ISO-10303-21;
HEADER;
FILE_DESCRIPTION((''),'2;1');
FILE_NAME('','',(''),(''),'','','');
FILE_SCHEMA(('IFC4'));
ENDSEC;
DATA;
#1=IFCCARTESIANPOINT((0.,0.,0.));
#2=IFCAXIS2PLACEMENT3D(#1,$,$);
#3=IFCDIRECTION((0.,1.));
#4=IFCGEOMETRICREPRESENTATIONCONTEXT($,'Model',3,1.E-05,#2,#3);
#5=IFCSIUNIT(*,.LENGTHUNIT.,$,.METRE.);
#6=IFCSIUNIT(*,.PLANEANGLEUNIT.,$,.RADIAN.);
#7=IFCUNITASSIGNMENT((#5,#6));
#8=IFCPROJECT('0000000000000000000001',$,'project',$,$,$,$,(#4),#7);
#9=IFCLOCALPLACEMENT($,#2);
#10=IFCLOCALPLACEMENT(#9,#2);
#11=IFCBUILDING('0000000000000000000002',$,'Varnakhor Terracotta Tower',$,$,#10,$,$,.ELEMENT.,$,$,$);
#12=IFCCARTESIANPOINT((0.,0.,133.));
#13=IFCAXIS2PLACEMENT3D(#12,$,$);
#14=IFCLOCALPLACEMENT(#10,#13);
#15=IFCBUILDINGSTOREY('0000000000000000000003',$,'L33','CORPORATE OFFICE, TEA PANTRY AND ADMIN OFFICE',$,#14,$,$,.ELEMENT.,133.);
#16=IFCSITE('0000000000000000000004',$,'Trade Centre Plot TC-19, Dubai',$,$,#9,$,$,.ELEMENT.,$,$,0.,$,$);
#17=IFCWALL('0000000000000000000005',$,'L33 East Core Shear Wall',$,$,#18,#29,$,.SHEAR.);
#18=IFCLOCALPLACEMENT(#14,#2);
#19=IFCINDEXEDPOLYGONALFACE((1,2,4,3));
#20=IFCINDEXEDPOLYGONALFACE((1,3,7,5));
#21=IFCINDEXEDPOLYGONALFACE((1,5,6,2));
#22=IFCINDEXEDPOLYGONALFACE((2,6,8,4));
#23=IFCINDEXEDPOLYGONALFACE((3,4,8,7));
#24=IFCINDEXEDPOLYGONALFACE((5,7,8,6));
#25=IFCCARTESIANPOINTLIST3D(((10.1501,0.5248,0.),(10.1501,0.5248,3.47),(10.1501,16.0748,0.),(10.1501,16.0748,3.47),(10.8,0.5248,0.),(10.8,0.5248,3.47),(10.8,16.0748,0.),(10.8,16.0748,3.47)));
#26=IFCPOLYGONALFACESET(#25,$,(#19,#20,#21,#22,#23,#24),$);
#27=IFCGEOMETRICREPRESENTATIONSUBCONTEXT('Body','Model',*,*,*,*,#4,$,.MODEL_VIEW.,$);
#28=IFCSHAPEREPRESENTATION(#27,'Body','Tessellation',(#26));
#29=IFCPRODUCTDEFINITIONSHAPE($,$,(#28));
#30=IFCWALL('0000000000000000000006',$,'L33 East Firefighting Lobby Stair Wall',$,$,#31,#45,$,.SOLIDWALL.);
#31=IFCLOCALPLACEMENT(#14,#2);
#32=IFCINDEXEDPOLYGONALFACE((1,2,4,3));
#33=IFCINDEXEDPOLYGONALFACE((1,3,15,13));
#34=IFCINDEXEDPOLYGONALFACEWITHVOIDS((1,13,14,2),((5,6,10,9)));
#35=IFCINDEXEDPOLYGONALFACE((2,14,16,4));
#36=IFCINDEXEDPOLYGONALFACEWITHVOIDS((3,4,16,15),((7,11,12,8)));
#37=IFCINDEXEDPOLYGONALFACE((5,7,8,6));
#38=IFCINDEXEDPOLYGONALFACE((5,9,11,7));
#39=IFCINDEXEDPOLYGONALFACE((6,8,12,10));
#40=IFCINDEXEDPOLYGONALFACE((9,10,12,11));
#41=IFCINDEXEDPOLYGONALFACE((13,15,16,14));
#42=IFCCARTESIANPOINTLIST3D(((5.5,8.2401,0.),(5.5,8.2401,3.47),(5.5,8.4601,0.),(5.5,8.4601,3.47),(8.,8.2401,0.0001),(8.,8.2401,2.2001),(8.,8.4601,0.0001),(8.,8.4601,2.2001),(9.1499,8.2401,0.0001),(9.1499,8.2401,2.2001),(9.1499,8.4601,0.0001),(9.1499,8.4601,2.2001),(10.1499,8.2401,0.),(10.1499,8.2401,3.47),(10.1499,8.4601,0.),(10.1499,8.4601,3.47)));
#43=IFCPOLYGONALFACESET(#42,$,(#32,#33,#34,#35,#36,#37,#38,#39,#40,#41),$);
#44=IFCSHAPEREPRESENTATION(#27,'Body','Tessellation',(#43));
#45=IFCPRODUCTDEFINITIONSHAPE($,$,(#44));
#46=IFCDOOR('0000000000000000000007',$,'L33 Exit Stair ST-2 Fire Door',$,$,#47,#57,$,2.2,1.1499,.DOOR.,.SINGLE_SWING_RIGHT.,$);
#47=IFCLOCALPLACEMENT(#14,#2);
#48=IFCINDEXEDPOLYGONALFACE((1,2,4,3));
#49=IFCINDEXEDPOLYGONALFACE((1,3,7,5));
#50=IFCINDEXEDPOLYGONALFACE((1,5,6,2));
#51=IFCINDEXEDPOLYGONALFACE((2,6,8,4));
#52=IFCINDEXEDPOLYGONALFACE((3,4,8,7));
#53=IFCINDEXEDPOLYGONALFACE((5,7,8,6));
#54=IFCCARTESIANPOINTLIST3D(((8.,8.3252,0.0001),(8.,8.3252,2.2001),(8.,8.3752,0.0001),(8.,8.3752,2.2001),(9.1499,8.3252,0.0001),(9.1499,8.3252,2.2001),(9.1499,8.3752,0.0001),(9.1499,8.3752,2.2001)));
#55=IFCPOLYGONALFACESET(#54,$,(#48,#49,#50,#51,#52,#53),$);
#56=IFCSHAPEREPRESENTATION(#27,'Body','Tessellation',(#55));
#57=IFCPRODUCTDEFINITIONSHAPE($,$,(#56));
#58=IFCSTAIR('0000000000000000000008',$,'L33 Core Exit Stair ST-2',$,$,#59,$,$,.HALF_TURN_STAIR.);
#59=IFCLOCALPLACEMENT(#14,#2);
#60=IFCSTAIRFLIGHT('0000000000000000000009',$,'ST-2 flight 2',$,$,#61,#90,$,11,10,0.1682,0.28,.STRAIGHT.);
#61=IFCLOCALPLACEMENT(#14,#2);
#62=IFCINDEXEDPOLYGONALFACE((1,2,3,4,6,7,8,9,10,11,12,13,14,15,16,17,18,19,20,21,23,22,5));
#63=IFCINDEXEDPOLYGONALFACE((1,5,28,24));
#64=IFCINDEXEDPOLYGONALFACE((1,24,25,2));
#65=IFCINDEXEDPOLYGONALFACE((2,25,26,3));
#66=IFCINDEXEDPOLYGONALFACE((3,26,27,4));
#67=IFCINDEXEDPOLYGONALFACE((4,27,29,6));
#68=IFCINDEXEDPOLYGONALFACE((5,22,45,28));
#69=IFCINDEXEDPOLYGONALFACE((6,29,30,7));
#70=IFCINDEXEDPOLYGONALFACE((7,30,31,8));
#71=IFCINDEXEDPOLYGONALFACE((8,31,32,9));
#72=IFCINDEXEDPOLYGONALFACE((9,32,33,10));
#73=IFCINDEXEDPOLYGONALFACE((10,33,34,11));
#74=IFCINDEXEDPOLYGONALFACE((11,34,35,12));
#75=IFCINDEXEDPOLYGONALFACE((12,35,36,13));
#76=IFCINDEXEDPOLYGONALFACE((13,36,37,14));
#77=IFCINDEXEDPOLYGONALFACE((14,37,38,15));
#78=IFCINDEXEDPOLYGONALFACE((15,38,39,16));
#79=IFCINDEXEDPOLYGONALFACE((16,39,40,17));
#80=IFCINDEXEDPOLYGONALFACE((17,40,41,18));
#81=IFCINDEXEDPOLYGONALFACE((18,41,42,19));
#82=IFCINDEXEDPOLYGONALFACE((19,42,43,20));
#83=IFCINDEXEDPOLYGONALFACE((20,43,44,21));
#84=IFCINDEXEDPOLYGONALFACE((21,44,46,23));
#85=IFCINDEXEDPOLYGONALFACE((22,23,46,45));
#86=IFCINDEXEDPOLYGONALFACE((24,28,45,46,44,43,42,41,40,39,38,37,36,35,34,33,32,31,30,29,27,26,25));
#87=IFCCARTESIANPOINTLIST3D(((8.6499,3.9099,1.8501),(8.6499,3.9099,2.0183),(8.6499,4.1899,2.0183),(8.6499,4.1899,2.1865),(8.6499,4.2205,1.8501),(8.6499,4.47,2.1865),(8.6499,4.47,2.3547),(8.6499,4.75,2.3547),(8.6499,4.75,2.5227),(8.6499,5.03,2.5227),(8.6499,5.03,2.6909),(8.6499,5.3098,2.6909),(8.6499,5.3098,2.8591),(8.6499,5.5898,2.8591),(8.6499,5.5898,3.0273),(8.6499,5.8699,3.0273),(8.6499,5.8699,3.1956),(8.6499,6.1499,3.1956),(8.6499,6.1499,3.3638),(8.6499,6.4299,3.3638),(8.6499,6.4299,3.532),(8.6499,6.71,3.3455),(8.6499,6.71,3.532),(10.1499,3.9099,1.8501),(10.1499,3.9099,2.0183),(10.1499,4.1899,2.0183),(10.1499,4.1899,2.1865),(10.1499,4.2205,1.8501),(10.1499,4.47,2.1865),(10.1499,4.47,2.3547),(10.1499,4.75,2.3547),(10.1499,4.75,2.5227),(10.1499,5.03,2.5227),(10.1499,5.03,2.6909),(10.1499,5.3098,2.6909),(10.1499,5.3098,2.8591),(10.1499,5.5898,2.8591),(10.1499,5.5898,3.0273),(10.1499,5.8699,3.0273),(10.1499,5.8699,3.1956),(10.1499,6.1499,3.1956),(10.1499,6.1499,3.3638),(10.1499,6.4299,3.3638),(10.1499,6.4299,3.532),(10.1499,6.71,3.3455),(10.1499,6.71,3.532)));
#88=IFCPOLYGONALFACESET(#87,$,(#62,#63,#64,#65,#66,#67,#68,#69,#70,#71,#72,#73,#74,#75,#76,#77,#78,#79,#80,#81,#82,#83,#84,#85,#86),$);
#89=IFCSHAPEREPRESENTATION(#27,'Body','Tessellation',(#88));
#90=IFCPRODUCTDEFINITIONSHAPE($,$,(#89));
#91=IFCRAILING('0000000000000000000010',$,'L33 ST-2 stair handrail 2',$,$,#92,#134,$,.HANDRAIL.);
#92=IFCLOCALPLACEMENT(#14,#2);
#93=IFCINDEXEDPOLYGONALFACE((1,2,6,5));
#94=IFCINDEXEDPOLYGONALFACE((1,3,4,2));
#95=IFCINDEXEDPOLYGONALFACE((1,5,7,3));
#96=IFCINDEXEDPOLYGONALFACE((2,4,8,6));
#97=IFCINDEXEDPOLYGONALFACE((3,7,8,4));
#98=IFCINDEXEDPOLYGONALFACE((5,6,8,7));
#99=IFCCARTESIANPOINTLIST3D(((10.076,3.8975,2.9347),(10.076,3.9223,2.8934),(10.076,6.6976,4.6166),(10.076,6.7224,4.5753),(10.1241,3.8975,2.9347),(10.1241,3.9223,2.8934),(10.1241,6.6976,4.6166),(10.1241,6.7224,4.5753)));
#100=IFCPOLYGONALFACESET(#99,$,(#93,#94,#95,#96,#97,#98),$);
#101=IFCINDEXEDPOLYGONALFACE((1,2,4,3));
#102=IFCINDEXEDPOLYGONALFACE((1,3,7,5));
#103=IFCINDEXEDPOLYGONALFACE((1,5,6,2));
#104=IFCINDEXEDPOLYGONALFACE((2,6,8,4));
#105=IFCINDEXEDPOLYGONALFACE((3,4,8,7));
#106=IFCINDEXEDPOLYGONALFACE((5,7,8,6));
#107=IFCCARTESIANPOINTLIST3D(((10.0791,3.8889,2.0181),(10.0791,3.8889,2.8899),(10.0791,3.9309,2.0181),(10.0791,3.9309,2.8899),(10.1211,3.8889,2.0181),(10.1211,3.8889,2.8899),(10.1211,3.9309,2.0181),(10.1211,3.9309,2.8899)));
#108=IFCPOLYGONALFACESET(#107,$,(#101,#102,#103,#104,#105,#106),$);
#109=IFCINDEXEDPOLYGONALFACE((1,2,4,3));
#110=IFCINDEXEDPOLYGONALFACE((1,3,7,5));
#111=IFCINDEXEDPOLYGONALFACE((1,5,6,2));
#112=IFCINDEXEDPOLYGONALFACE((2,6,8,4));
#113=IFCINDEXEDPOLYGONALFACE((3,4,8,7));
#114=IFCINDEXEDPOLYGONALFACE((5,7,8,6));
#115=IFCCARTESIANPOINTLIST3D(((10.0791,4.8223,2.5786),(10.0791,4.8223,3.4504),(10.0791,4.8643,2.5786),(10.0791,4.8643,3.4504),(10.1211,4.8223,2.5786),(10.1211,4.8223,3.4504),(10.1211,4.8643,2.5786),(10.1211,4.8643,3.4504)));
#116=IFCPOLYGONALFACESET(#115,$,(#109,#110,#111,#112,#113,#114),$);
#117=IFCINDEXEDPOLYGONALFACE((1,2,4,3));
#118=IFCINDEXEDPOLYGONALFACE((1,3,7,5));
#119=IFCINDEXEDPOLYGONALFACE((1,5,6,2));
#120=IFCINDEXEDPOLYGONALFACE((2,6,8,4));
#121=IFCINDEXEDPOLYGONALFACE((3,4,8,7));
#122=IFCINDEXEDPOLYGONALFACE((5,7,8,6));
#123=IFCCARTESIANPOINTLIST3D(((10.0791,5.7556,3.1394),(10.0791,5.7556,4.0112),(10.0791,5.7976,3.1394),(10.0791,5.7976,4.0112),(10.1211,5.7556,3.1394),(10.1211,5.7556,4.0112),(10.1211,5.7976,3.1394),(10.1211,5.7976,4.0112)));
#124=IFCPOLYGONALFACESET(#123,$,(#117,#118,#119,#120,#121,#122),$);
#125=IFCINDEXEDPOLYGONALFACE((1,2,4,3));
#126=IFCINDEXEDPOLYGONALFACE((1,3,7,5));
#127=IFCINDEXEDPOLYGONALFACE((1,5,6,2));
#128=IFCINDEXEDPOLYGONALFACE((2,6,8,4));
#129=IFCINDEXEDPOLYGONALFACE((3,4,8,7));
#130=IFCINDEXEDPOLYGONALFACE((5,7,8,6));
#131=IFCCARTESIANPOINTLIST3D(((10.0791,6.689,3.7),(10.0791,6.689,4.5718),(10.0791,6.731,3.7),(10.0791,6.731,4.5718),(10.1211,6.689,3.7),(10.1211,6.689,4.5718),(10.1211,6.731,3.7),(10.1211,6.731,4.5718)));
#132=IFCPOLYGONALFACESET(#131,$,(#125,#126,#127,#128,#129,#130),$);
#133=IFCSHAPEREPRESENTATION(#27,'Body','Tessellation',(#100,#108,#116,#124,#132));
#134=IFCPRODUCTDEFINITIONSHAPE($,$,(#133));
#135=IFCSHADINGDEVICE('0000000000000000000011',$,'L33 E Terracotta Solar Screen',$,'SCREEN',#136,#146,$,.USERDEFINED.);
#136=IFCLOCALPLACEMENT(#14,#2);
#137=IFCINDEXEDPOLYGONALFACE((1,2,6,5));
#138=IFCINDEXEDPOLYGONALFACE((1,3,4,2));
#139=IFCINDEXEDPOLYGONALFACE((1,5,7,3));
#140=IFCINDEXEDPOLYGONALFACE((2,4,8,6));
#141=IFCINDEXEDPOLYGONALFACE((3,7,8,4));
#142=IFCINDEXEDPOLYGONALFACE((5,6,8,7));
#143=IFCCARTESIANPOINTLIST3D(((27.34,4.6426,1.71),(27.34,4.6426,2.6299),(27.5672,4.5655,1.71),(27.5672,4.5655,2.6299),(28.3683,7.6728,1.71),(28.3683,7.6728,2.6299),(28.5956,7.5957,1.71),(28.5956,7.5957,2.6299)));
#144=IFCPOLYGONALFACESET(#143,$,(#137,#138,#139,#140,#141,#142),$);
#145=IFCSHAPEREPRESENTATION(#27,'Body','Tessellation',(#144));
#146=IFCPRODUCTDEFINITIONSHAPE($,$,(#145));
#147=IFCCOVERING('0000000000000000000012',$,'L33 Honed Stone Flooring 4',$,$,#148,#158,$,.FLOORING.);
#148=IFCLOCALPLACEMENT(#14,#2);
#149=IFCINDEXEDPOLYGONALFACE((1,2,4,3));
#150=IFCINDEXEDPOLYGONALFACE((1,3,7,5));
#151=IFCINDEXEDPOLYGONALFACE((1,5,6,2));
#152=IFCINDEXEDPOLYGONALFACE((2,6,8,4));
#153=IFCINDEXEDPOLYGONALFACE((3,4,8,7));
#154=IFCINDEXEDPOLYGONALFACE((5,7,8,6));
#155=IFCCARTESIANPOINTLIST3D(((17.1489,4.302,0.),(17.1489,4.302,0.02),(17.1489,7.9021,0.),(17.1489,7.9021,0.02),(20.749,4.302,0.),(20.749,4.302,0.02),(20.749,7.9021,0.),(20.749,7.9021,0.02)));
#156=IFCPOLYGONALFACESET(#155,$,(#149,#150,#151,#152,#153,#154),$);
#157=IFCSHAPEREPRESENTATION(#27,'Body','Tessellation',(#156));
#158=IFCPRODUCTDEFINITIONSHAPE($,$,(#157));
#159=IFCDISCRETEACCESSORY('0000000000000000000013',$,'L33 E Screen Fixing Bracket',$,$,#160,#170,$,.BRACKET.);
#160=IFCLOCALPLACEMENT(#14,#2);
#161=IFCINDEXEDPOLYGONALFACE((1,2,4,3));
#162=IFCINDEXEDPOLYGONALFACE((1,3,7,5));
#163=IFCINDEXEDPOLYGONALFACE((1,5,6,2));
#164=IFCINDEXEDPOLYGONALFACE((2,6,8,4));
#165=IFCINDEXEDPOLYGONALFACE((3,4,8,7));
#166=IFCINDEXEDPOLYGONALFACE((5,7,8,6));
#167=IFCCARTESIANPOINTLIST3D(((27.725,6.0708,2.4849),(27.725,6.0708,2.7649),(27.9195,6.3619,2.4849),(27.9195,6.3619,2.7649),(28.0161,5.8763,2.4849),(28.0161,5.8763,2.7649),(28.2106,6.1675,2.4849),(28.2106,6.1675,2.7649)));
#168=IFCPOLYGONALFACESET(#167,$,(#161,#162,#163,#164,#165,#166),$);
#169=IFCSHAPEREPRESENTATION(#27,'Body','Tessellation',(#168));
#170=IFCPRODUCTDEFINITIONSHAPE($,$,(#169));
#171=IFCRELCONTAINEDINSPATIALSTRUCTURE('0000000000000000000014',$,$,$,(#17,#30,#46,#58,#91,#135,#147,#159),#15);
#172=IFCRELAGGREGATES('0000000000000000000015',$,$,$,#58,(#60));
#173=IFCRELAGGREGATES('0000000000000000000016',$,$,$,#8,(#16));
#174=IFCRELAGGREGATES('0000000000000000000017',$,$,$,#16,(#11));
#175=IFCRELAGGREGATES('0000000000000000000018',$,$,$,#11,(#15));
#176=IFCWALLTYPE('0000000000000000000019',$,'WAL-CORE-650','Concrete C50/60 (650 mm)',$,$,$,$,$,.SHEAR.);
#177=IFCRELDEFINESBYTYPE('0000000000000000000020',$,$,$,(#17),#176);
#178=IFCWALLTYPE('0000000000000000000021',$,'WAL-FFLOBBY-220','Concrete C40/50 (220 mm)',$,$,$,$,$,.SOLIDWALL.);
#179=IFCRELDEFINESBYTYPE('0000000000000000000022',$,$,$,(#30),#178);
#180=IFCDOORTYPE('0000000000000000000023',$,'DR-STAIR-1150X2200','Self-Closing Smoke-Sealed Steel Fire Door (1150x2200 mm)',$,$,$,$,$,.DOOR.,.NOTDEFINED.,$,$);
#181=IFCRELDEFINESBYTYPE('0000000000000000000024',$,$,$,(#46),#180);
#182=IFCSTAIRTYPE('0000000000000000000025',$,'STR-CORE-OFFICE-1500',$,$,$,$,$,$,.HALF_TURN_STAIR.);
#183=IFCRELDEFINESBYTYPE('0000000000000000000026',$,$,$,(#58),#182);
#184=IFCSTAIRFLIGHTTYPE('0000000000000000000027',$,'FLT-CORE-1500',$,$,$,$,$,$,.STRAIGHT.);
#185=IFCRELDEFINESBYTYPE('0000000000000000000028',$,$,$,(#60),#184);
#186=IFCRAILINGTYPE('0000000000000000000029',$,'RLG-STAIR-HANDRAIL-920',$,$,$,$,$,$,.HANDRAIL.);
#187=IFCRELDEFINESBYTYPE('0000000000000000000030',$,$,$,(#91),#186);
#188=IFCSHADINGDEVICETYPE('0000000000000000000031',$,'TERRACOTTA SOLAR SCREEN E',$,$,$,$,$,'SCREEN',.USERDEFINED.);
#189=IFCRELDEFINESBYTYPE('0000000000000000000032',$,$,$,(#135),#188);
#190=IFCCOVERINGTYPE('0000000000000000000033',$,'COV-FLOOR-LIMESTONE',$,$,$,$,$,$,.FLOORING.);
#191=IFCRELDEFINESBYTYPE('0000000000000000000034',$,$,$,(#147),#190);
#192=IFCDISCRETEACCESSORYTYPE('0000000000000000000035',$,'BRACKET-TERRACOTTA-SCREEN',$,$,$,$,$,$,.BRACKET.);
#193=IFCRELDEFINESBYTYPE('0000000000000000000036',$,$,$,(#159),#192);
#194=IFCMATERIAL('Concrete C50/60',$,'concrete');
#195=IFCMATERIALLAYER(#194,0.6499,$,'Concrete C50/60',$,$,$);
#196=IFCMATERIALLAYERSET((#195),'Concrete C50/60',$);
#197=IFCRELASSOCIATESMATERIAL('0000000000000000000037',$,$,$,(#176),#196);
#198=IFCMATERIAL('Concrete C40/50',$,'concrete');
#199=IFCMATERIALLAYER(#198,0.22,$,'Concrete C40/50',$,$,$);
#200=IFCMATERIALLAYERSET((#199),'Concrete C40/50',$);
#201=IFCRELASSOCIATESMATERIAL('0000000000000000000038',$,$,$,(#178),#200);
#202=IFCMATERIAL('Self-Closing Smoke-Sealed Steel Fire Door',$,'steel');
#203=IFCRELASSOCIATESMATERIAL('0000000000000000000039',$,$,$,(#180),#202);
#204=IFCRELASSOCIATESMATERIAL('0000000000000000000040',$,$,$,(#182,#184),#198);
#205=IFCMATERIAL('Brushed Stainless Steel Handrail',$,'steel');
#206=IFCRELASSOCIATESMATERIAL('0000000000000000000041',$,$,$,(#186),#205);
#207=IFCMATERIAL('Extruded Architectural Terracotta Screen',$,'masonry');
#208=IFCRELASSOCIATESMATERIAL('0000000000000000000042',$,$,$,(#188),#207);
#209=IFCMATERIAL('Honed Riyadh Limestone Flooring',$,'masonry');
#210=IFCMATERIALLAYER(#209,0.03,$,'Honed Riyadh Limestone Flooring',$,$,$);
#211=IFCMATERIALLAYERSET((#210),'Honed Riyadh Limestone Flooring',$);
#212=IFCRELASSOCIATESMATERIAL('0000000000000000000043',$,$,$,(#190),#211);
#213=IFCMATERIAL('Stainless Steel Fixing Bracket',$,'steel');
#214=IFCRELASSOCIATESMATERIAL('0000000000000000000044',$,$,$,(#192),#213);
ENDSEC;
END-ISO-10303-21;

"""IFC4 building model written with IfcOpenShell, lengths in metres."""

from ifc_helpers import new_model, si_unit, direction, frame, frame_2d, origin, origin_2d, place, context, subcontext, project, spatial, polyline, rectangle, outline, extrude, source, transform, mapped, material, layer, layer_set, type_object, type_shapes, element, fill, aggregate, save


model = new_model("IFC4")

# Units and contexts
model_context = context("Model", 3, precision=1e-05, world=origin(), true_north=direction((0.0, 1.0)))
body_context = subcontext(model_context, "Body", "Model", "MODEL_VIEW")
ifc_project = project(units=[si_unit("LENGTHUNIT", "METRE"), si_unit("PLANEANGLEUNIT", "RADIAN")], contexts=[model_context])

# Site, building, storey
site_placement = place(None, origin())
site = spatial("IfcSite", under=ifc_project, at=site_placement, Name="Trade Centre Plot TC-19, Dubai", CompositionType="ELEMENT", RefElevation=0.0)
building_placement = place(site_placement, origin())
building = spatial("IfcBuilding", under=site, at=building_placement, Name="Varnakhor Terracotta Tower", CompositionType="ELEMENT")
storey_placement = place(building_placement, frame((0.0, 0.0, 133.0)))
storey = spatial("IfcBuildingStorey", under=building, at=storey_placement, Name="L33", Description="CORPORATE OFFICE, TEA PANTRY AND ADMIN OFFICE", CompositionType="ELEMENT", Elevation=133.0)

# Shared definitions
ifc_material_1 = material(Name="Concrete C50/60", Category="concrete")

# Wall
ifc_layer_1 = layer(ifc_material_1, 0.6499, Name="Concrete C50/60")
ifc_layer_set_1 = layer_set([ifc_layer_1], Name="Concrete C50/60")
wall_type_1 = type_object("IfcWallType", Name="WAL-CORE-650", Description="Concrete C50/60 (650 mm)", PredefinedType="SHEAR", material=ifc_layer_set_1)
wall_1_placement = place(storey_placement, frame((10.4751, 0.5249, 0.0), z_axis=(0.0, 0.0, 1.0), x_axis=(0.0, 1.0, 0.0)))
element("IfcWall", 1, at=wall_1_placement, inside=storey, type_object=wall_type_1, Name="L33 East Core Shear Wall", PredefinedType="SHEAR", context=body_context, shape_type="SweptSolid", body=[
    extrude(rectangle(XDim=15.55, YDim=0.6499, at=frame_2d((7.7749, 0.0))), origin(), (0.0, 0.0, 1.0), 3.47),
])

# Wall, opening, door
ifc_material_2 = material(Name="Concrete C40/50", Category="concrete")
ifc_layer_2 = layer(ifc_material_2, 0.22, Name="Concrete C40/50")
ifc_layer_set_2 = layer_set([ifc_layer_2], Name="Concrete C40/50")
wall_type_2 = type_object("IfcWallType", Name="WAL-FFLOBBY-220", Description="Concrete C40/50 (220 mm)", PredefinedType="SOLIDWALL", material=ifc_layer_set_2)
wall_2_placement = place(storey_placement, frame((10.1499, 8.3501, 0.0), z_axis=(0.0, 0.0, 1.0), x_axis=(-1.0, 0.0, 0.0)))
wall_2 = element("IfcWall", 2, at=wall_2_placement, inside=storey, type_object=wall_type_2, Name="L33 East Firefighting Lobby Stair Wall", PredefinedType="SOLIDWALL", context=body_context, shape_type="SweptSolid", body=[
    extrude(rectangle(XDim=4.6499, YDim=0.22, at=frame_2d((2.325, 0.0))), origin(), (0.0, 0.0, 1.0), 3.47),
])
opening_placement = place(wall_2_placement, frame((1.0, 0.0, 0.0)))
opening = element("IfcOpeningElement", 3, at=opening_placement, cuts=wall_2, PredefinedType="OPENING", context=body_context, shape_type="SweptSolid", body=[
    extrude(rectangle(XDim=1.1499, YDim=2.2, at=frame_2d((0.575, 1.1001))), frame((0.0, 0.1201, 0.0), z_axis=(0.0, -1.0, 0.0), x_axis=(1.0, 0.0, 0.0)), (0.0, 0.0, 1.0), 0.24),
])
ifc_material_3 = material(Name="Self-Closing Smoke-Sealed Steel Fire Door", Category="steel")
door_type = type_object("IfcDoorType", Name="DR-STAIR-1150X2200", Description="Self-Closing Smoke-Sealed Steel Fire Door (1150x2200 mm)", OperationType="NOTDEFINED", PredefinedType="DOOR", material=ifc_material_3)
shared_shape_1 = source(origin(), body_context, "Body", "SweptSolid", [
    extrude(rectangle(XDim=1.1499, YDim=2.2, at=frame_2d((0.575, 1.1001))), frame((0.0, 0.0249, 0.0), z_axis=(0.0, -1.0, 0.0), x_axis=(1.0, 0.0, 0.0)), (0.0, 0.0, 1.0), 0.05),
])
type_shapes(door_type, [shared_shape_1])
door_placement = place(opening_placement, origin())
door = element("IfcDoor", 4, at=door_placement, inside=storey, type_object=door_type, Name="L33 Exit Stair ST-2 Fire Door", OperationType="SINGLE_SWING_RIGHT", OverallHeight=2.2, OverallWidth=1.1499, PredefinedType="DOOR", context=body_context, shape_type="MappedRepresentation", body=[
    mapped(shared_shape_1, transform((0.0, 0.0, 0.0), scale=1.0)),
])
fill(opening, door)

# Stair, stair flight
stair_type = type_object("IfcStairType", Name="STR-CORE-OFFICE-1500", PredefinedType="HALF_TURN_STAIR", material=ifc_material_2)
stair_placement = place(storey_placement, origin())
stair = element("IfcStair", 5, at=stair_placement, inside=storey, type_object=stair_type, Name="L33 Core Exit Stair ST-2", PredefinedType="HALF_TURN_STAIR")
stair_flight_type = type_object("IfcStairFlightType", Name="FLT-CORE-1500", PredefinedType="STRAIGHT", material=ifc_material_2)
stair_flight_placement = place(storey_placement, frame((9.3999, 3.9099, 1.8501), z_axis=(0.0, 0.0, 1.0), x_axis=(0.0, 1.0, 0.0)))
stair_flight = element("IfcStairFlight", 6, at=stair_flight_placement, type_object=stair_flight_type, Name="ST-2 flight 2", NumberOfRisers=11, NumberOfTreads=10, PredefinedType="STRAIGHT", RiserHeight=0.1682, TreadLength=0.28, context=body_context, shape_type="SweptSolid", body=[
    extrude(outline(polyline([(0.0, 0.0), (0.0, 0.1682), (0.28, 0.1682), (0.28, 0.3364), (0.5601, 0.3364), (0.5601, 0.5046), (0.8401, 0.5046), (0.8401, 0.6726), (1.1201, 0.6726), (1.1201, 0.8408), (1.3999, 0.8408), (1.3999, 1.009), (1.6799, 1.009), (1.6799, 1.1772), (1.96, 1.1772), (1.96, 1.3455), (2.24, 1.3455), (2.24, 1.5137), (2.52, 1.5137), (2.52, 1.6819), (2.8, 1.6819), (2.8, 1.8501), (2.8, 1.4954), (0.3105, 0.0), (0.0, 0.0)])), frame((0.0, 0.75, 0.0), z_axis=(0.0, -1.0, 0.0), x_axis=(1.0, 0.0, 0.0)), (0.0, 0.0, 1.0), 1.5),
])
aggregate(stair, [stair_flight])

# Railing
ifc_material_4 = material(Name="Brushed Stainless Steel Handrail", Category="steel")
railing_type = type_object("IfcRailingType", Name="RLG-STAIR-HANDRAIL-920", PredefinedType="HANDRAIL", material=ifc_material_4)
railing_placement = place(storey_placement, frame((10.1001, 3.9099, 2.0181)))
element("IfcRailing", 7, at=railing_placement, inside=storey, type_object=railing_type, Name="L33 ST-2 stair handrail 2", PredefinedType="HANDRAIL", context=body_context, shape_type="SweptSolid", body=[
    extrude(rectangle(XDim=0.0481, YDim=0.0481, at=origin_2d()), frame((0.0, 0.0, 0.896), z_axis=(0.0, 0.857242, 0.514913), x_axis=(-1.0, 0.0, 0.0)), (0.0, 0.0, 1.0), 3.2664),
    extrude(rectangle(XDim=0.042, YDim=0.042, at=origin_2d()), origin(), (0.0, 0.0, 1.0), 0.8718),
    extrude(rectangle(XDim=0.042, YDim=0.042, at=origin_2d()), frame((0.0, 0.9333, 0.5605)), (0.0, 0.0, 1.0), 0.8718),
    extrude(rectangle(XDim=0.042, YDim=0.042, at=origin_2d()), frame((0.0, 1.8667, 1.1213)), (0.0, 0.0, 1.0), 0.8718),
    extrude(rectangle(XDim=0.042, YDim=0.042, at=origin_2d()), frame((0.0, 2.8, 1.6819)), (0.0, 0.0, 1.0), 0.8718),
])

# Shading device
ifc_material_5 = material(Name="Extruded Architectural Terracotta Screen", Category="masonry")
shading_device_type = type_object("IfcShadingDeviceType", Name="TERRACOTTA SOLAR SCREEN E", ElementType="SCREEN", PredefinedType="USERDEFINED", material=ifc_material_5)
shared_shape_2 = source(origin(), body_context, "Body", "SweptSolid", [
    extrude(rectangle(XDim=3.2, YDim=0.24, at=origin_2d()), origin(), (0.0, 0.0, 1.0), 0.9199),
])
type_shapes(shading_device_type, [shared_shape_2])
shading_device_placement = place(storey_placement, frame((27.9678, 6.1191, 1.71), z_axis=(0.0, 0.0, 1.0), x_axis=(0.321373, 0.946953, 0.0)))
element("IfcShadingDevice", 8, at=shading_device_placement, inside=storey, type_object=shading_device_type, Name="L33 E Terracotta Solar Screen", ObjectType="SCREEN", PredefinedType="USERDEFINED", context=body_context, shape_type="MappedRepresentation", body=[
    mapped(shared_shape_2, transform((0.0, 0.0, 0.0), scale=1.0)),
])

# Covering
ifc_material_6 = material(Name="Honed Riyadh Limestone Flooring", Category="masonry")
ifc_layer_3 = layer(ifc_material_6, 0.03, Name="Honed Riyadh Limestone Flooring")
ifc_layer_set_3 = layer_set([ifc_layer_3], Name="Honed Riyadh Limestone Flooring")
covering_type = type_object("IfcCoveringType", Name="COV-FLOOR-LIMESTONE", PredefinedType="FLOORING", material=ifc_layer_set_3)
shared_shape_3 = source(origin(), body_context, "Body", "SweptSolid", [
    extrude(rectangle(XDim=3.6001, YDim=3.6001, at=origin_2d()), origin(), (0.0, 0.0, 1.0), 0.02),
])
covering_placement = place(storey_placement, frame((18.949, 6.1021, 0.0), z_axis=(0.0, 0.0, 1.0), x_axis=(1.0, 0.0, 0.0)))
element("IfcCovering", 9, at=covering_placement, inside=storey, type_object=covering_type, Name="L33 Honed Stone Flooring 4", PredefinedType="FLOORING", context=body_context, shape_type="MappedRepresentation", body=[
    mapped(shared_shape_3, transform((0.0, 0.0, 0.0), scale=1.0)),
])

# Discrete accessory
ifc_material_7 = material(Name="Stainless Steel Fixing Bracket", Category="steel")
discrete_accessory_type = type_object("IfcDiscreteAccessoryType", Name="BRACKET-TERRACOTTA-SCREEN", PredefinedType="BRACKET", material=ifc_material_7)
shared_shape_4 = source(origin(), body_context, "Body", "SweptSolid", [
    extrude(rectangle(XDim=0.3501, YDim=0.3501, at=origin_2d()), origin(), (0.0, 0.0, 1.0), 0.28),
])
type_shapes(discrete_accessory_type, [shared_shape_4])
discrete_accessory_placement = place(storey_placement, frame((27.9678, 6.1191, 2.4849), z_axis=(0.0, 0.0, 1.0), x_axis=(0.555512, 0.831508, 0.0)))
element("IfcDiscreteAccessory", 10, at=discrete_accessory_placement, inside=storey, type_object=discrete_accessory_type, Name="L33 E Screen Fixing Bracket", PredefinedType="BRACKET", context=body_context, shape_type="MappedRepresentation", body=[
    mapped(shared_shape_4, transform((0.0, 0.0, 0.0), scale=1.0)),
])

save(model, "model.ifc")
